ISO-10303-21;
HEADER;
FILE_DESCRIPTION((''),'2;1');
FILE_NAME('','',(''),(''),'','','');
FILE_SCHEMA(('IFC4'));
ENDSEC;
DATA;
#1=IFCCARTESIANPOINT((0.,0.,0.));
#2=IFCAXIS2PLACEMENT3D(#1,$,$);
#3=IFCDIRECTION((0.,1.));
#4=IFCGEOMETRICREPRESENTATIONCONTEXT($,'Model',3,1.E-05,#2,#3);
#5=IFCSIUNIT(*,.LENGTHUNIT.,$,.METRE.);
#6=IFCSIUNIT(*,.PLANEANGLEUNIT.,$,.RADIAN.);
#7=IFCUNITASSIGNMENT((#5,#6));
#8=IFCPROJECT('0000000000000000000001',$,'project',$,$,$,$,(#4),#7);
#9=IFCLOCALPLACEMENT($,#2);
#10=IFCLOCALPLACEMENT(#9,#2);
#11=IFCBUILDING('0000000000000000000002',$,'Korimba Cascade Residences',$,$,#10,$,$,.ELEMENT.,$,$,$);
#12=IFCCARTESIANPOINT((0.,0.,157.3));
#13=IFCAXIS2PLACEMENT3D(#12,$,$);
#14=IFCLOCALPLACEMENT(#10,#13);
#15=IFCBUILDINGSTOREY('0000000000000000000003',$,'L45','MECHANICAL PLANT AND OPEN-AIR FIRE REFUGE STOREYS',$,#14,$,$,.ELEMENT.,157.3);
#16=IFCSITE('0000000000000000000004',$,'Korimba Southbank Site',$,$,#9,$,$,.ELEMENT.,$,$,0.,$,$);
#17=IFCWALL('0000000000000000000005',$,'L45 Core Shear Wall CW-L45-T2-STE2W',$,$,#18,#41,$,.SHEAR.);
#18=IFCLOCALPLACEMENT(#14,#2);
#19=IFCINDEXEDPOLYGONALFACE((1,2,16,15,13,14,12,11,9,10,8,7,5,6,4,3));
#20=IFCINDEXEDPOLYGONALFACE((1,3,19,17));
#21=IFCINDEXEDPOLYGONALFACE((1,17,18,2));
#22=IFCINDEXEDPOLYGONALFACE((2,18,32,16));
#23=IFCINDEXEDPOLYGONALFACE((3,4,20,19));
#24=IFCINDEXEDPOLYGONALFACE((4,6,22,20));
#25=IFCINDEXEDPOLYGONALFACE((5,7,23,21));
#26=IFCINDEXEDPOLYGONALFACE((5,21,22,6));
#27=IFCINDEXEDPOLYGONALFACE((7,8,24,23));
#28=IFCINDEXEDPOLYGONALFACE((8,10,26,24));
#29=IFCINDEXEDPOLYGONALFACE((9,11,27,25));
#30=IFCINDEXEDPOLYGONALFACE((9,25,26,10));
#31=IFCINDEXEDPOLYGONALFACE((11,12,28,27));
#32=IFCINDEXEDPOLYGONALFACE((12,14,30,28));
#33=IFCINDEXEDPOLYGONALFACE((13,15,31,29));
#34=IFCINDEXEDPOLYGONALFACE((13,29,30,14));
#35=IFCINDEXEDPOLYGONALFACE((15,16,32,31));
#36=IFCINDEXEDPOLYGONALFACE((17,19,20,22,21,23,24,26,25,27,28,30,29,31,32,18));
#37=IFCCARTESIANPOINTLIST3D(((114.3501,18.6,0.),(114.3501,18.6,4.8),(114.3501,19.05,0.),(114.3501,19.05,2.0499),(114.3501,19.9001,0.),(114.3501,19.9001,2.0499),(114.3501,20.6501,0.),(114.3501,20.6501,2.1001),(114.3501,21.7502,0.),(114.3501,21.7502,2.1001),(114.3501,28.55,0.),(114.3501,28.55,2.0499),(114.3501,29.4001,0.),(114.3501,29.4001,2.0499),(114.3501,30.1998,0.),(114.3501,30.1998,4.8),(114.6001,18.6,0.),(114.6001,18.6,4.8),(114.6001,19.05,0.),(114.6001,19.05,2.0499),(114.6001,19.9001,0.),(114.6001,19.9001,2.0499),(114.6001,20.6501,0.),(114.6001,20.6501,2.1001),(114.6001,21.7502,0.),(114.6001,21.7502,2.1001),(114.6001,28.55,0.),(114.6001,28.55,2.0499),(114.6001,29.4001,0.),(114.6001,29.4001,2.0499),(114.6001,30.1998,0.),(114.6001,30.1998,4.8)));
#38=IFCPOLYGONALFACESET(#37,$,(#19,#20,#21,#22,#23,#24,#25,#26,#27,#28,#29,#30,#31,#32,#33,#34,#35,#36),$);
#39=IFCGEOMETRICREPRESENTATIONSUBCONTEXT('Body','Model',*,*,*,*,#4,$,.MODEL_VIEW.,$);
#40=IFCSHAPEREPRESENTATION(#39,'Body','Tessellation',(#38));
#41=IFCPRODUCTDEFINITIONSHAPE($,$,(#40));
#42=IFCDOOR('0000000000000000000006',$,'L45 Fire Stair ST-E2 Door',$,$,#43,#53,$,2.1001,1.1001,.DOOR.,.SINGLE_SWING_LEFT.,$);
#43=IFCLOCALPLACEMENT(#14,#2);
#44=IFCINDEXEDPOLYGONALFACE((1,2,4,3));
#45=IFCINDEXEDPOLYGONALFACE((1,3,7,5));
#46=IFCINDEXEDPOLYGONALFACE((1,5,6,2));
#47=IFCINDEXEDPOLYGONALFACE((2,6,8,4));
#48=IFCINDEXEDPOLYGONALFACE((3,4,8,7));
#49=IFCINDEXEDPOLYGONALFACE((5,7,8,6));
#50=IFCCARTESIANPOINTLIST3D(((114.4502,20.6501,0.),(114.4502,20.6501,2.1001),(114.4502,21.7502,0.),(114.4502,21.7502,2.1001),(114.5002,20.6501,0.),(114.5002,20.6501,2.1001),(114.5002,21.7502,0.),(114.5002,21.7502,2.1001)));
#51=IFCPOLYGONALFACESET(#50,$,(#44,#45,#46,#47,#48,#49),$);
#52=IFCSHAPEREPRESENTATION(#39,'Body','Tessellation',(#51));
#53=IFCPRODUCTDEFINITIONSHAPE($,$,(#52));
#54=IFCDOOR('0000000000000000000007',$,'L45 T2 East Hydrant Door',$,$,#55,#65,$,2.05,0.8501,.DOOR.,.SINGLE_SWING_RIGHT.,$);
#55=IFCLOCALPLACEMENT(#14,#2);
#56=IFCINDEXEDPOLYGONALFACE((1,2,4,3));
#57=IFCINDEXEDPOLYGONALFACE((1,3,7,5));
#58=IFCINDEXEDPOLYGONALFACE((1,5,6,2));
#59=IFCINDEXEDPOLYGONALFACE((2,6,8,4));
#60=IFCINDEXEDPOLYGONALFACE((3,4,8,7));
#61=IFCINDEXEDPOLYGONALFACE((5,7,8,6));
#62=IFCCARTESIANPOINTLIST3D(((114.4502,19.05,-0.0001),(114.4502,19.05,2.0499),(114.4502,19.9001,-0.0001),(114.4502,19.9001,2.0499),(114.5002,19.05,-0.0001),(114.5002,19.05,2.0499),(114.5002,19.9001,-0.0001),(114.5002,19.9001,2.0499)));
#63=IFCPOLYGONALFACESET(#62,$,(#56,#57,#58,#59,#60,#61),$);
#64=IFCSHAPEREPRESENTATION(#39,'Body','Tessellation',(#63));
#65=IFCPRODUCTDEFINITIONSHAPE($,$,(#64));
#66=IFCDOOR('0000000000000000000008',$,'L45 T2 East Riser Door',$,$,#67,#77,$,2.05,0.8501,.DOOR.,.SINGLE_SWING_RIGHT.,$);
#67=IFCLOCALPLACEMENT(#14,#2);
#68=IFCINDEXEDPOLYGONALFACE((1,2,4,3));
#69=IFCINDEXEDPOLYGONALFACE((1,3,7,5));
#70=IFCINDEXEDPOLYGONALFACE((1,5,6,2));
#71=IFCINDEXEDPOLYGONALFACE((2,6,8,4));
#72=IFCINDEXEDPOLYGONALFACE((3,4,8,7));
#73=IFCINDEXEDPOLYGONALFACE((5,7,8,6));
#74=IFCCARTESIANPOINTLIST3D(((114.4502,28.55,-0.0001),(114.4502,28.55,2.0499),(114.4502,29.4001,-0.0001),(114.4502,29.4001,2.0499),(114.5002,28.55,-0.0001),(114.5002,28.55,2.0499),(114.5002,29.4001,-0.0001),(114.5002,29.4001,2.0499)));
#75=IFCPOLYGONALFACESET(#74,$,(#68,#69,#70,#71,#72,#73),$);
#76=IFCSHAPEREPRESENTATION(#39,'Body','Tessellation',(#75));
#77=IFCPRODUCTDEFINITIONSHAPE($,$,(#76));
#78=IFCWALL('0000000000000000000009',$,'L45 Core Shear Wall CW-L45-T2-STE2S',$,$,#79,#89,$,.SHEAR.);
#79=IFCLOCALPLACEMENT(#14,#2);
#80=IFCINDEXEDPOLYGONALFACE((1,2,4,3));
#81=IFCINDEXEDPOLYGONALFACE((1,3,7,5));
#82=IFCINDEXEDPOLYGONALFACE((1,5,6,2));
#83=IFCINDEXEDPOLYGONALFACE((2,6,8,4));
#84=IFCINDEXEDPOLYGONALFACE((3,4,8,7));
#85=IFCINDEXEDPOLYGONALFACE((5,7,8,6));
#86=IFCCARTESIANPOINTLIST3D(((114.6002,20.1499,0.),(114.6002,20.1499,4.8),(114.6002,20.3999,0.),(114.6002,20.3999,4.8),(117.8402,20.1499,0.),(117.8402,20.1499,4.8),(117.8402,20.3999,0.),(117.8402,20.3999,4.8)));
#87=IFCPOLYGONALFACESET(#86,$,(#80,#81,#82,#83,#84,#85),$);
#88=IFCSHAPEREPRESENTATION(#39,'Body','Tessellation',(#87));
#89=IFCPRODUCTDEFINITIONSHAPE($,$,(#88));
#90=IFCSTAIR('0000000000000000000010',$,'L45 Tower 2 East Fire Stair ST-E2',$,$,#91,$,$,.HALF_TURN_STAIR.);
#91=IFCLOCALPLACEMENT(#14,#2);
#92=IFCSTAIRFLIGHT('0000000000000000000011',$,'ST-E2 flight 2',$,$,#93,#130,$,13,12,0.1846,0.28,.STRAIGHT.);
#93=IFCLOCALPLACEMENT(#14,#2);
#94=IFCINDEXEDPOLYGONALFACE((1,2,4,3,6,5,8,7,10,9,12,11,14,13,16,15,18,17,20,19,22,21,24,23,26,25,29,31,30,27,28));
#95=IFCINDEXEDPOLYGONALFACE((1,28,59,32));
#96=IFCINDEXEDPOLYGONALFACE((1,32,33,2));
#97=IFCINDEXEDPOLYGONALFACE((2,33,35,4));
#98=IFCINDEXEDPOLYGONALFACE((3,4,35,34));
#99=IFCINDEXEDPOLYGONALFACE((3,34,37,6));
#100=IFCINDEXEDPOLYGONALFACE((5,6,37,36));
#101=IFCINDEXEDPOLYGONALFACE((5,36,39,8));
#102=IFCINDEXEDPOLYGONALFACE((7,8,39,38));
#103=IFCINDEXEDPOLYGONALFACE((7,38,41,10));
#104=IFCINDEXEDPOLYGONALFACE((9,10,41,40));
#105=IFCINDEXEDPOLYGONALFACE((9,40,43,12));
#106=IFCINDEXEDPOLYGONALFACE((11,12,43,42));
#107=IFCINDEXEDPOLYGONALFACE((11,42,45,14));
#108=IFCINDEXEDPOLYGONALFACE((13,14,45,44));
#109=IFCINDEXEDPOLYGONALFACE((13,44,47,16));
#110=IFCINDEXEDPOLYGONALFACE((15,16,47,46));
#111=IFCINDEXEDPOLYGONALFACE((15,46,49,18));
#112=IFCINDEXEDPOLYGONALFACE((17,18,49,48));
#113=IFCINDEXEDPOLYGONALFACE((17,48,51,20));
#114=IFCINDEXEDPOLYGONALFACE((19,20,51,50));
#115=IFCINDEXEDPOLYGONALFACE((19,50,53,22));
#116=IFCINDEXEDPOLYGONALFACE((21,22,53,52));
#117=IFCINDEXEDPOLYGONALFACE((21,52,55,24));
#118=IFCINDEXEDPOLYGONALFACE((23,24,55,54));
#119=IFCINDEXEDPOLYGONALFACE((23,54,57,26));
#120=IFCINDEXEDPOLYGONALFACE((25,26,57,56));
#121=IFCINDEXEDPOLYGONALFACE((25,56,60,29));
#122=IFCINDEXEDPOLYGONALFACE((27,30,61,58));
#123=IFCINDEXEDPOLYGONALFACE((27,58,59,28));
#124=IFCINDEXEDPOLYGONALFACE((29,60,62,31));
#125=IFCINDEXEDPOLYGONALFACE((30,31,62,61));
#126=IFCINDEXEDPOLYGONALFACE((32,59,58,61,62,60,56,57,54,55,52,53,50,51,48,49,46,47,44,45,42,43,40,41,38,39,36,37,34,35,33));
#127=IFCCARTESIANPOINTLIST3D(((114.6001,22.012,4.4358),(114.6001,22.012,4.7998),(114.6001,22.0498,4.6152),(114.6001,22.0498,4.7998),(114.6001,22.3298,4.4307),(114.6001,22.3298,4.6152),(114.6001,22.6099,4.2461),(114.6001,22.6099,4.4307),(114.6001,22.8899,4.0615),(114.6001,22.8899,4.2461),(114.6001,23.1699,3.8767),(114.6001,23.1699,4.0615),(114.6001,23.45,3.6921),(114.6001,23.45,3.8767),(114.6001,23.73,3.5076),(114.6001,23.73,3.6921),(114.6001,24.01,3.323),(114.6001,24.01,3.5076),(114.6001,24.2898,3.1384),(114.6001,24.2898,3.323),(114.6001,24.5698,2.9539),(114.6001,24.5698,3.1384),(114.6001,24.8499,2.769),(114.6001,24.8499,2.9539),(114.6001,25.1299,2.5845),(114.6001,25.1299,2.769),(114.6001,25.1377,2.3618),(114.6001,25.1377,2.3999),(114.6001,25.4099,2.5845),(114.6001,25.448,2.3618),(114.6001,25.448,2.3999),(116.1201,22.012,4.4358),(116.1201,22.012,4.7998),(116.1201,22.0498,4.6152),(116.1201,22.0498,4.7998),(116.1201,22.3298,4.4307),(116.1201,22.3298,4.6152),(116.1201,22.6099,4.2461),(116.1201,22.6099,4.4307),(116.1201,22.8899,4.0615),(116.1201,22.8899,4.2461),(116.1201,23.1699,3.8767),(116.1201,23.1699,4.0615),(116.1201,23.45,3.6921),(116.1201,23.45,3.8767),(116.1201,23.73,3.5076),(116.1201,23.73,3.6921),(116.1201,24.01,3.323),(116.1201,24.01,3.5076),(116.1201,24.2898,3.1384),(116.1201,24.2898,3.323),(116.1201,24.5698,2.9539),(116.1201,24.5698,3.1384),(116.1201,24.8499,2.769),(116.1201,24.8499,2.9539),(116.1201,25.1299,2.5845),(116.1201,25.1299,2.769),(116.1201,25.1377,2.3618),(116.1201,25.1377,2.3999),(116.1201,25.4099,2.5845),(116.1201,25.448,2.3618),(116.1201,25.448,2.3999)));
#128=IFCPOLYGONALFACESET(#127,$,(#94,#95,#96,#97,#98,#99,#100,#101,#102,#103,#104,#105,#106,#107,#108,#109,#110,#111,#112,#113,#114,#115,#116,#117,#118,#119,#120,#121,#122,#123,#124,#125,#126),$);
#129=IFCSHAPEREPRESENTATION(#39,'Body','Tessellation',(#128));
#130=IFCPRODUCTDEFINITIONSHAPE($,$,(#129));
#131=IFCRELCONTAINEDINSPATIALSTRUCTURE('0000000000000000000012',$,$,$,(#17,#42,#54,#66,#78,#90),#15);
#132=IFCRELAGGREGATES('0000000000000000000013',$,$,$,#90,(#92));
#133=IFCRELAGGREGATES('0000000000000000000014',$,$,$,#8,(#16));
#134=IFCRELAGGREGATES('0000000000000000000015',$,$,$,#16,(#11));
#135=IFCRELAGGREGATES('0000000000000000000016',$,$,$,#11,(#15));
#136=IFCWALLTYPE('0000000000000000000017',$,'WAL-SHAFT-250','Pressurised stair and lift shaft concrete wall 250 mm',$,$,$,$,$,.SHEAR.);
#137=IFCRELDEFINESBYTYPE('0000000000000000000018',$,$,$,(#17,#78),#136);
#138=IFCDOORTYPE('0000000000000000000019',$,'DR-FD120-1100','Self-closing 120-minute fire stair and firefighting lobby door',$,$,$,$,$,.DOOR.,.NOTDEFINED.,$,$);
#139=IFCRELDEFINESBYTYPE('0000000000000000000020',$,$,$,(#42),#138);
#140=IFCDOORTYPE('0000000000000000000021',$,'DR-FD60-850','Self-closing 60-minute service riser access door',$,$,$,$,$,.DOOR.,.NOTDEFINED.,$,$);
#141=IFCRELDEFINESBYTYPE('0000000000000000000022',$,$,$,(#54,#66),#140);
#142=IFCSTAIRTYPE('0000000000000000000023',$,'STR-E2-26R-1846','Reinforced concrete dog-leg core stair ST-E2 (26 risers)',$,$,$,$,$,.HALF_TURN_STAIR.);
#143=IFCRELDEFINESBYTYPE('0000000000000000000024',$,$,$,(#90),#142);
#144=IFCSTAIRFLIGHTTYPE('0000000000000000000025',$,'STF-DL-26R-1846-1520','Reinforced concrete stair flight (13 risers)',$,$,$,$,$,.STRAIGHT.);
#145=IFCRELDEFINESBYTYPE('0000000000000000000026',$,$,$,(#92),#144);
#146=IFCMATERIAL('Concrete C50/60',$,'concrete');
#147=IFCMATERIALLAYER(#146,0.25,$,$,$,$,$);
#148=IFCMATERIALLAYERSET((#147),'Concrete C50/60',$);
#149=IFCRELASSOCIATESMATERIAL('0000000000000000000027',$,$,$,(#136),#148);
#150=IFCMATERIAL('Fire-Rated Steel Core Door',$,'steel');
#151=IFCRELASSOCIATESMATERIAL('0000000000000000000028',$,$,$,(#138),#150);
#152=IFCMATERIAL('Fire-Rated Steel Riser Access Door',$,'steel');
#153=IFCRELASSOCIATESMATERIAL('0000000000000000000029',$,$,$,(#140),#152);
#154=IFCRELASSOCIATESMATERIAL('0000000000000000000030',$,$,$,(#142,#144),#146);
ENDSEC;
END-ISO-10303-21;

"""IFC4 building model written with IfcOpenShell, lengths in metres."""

from ifc_helpers import new_model, si_unit, direction, frame, frame_2d, origin, place, context, subcontext, project, spatial, polyline, rectangle, outline, extrude, material, layer, layer_set, type_object, element, fill, aggregate, save


model = new_model("IFC4")

# Units and contexts
model_context = context("Model", 3, precision=1e-05, world=origin(), true_north=direction((0.0, 1.0)))
body_context = subcontext(model_context, "Body", "Model", "MODEL_VIEW")
ifc_project = project(units=[si_unit("LENGTHUNIT", "METRE"), si_unit("PLANEANGLEUNIT", "RADIAN")], contexts=[model_context])

# Site, building, storey
site_placement = place(None, origin())
site = spatial("IfcSite", under=ifc_project, at=site_placement, Name="Korimba Southbank Site", CompositionType="ELEMENT", RefElevation=0.0)
building_placement = place(site_placement, origin())
building = spatial("IfcBuilding", under=site, at=building_placement, Name="Korimba Cascade Residences", CompositionType="ELEMENT")
storey_placement = place(building_placement, frame((0.0, 0.0, 157.3)))
storey = spatial("IfcBuildingStorey", under=building, at=storey_placement, Name="L45", Description="MECHANICAL PLANT AND OPEN-AIR FIRE REFUGE STOREYS", CompositionType="ELEMENT", Elevation=157.3)

# Wall, openings, doors
ifc_material_1 = material(Name="Concrete C50/60", Category="concrete")
ifc_layer_1 = layer(ifc_material_1, 0.25)
ifc_layer_set_1 = layer_set([ifc_layer_1], Name="Concrete C50/60")
wall_type_1 = type_object("IfcWallType", Name="WAL-SHAFT-250", Description="Pressurised stair and lift shaft concrete wall 250 mm", PredefinedType="SHEAR", material=ifc_layer_set_1)
wall_1_placement = place(storey_placement, frame((114.4751, 18.6001, 0.0), z_axis=(0.0, 0.0, 1.0), x_axis=(0.0, 1.0, 0.0)))
wall_1 = element("IfcWall", 1, at=wall_1_placement, inside=storey, type_object=wall_type_1, Name="L45 Core Shear Wall CW-L45-T2-STE2W", PredefinedType="SHEAR", context=body_context, shape_type="SweptSolid", body=[
    extrude(rectangle(XDim=11.5999, YDim=0.25, at=frame_2d((5.7998, 0.0))), origin(), (0.0, 0.0, 1.0), 4.8),
])
opening_1_placement = place(wall_1_placement, frame((0.45, 0.0, 0.0)))
opening_1 = element("IfcOpeningElement", 2, at=opening_1_placement, cuts=wall_1, PredefinedType="OPENING", context=body_context, shape_type="SweptSolid", body=[
    extrude(rectangle(XDim=0.8501, YDim=2.05, at=frame_2d((0.425, 1.0249))), frame((0.0, 0.135, 0.0), z_axis=(0.0, -1.0, 0.0), x_axis=(1.0, 0.0, 0.0)), (0.0, 0.0, 1.0), 0.27),
])
opening_2_placement = place(wall_1_placement, frame((2.05, 0.0, 0.0)))
opening_2 = element("IfcOpeningElement", 3, at=opening_2_placement, cuts=wall_1, PredefinedType="OPENING", context=body_context, shape_type="SweptSolid", body=[
    extrude(rectangle(XDim=1.1001, YDim=2.1001, at=frame_2d((0.55, 1.05))), frame((0.0, 0.135, 0.0), z_axis=(0.0, -1.0, 0.0), x_axis=(1.0, 0.0, 0.0)), (0.0, 0.0, 1.0), 0.27),
])
opening_3_placement = place(wall_1_placement, frame((9.95, 0.0, 0.0)))
opening_3 = element("IfcOpeningElement", 4, at=opening_3_placement, cuts=wall_1, PredefinedType="OPENING", context=body_context, shape_type="SweptSolid", body=[
    extrude(rectangle(XDim=0.8501, YDim=2.05, at=frame_2d((0.425, 1.0249))), frame((0.0, 0.135, 0.0), z_axis=(0.0, -1.0, 0.0), x_axis=(1.0, 0.0, 0.0)), (0.0, 0.0, 1.0), 0.27),
])
ifc_material_2 = material(Name="Fire-Rated Steel Core Door", Category="steel")
door_type_1 = type_object("IfcDoorType", Name="DR-FD120-1100", Description="Self-closing 120-minute fire stair and firefighting lobby door", OperationType="NOTDEFINED", PredefinedType="DOOR", material=ifc_material_2)
door_1_placement = place(opening_2_placement, origin())
door_1 = element("IfcDoor", 5, at=door_1_placement, inside=storey, type_object=door_type_1, Name="L45 Fire Stair ST-E2 Door", OperationType="SINGLE_SWING_LEFT", OverallHeight=2.1001, OverallWidth=1.1001, PredefinedType="DOOR", context=body_context, shape_type="SweptSolid", body=[
    extrude(rectangle(XDim=1.1001, YDim=2.1001, at=frame_2d((0.55, 1.05))), frame((0.0, 0.0249, 0.0), z_axis=(0.0, -1.0, 0.0), x_axis=(1.0, 0.0, 0.0)), (0.0, 0.0, 1.0), 0.05),
])
fill(opening_2, door_1)
ifc_material_3 = material(Name="Fire-Rated Steel Riser Access Door", Category="steel")
door_type_2 = type_object("IfcDoorType", Name="DR-FD60-850", Description="Self-closing 60-minute service riser access door", OperationType="NOTDEFINED", PredefinedType="DOOR", material=ifc_material_3)
door_2_placement = place(opening_1_placement, origin())
door_2 = element("IfcDoor", 6, at=door_2_placement, inside=storey, type_object=door_type_2, Name="L45 T2 East Hydrant Door", OperationType="SINGLE_SWING_RIGHT", OverallHeight=2.05, OverallWidth=0.8501, PredefinedType="DOOR", context=body_context, shape_type="SweptSolid", body=[
    extrude(rectangle(XDim=0.8501, YDim=2.05, at=frame_2d((0.425, 1.0249))), frame((0.0, 0.0249, 0.0), z_axis=(0.0, -1.0, 0.0), x_axis=(1.0, 0.0, 0.0)), (0.0, 0.0, 1.0), 0.05),
])
fill(opening_1, door_2)
door_3_placement = place(opening_3_placement, origin())
door_3 = element("IfcDoor", 7, at=door_3_placement, inside=storey, type_object=door_type_2, Name="L45 T2 East Riser Door", OperationType="SINGLE_SWING_RIGHT", OverallHeight=2.05, OverallWidth=0.8501, PredefinedType="DOOR", context=body_context, shape_type="SweptSolid", body=[
    extrude(rectangle(XDim=0.8501, YDim=2.05, at=frame_2d((0.425, 1.0249))), frame((0.0, 0.0249, 0.0), z_axis=(0.0, -1.0, 0.0), x_axis=(1.0, 0.0, 0.0)), (0.0, 0.0, 1.0), 0.05),
])
fill(opening_3, door_3)

# Wall
wall_2_placement = place(storey_placement, frame((114.6001, 20.2749, 0.0), z_axis=(0.0, 0.0, 1.0), x_axis=(1.0, 0.0, 0.0)))
element("IfcWall", 8, at=wall_2_placement, inside=storey, type_object=wall_type_1, Name="L45 Core Shear Wall CW-L45-T2-STE2S", PredefinedType="SHEAR", context=body_context, shape_type="SweptSolid", body=[
    extrude(rectangle(XDim=3.24, YDim=0.25, at=frame_2d((1.6201, 0.0))), origin(), (0.0, 0.0, 1.0), 4.8),
])

# Stair, stair flight
stair_type = type_object("IfcStairType", Name="STR-E2-26R-1846", Description="Reinforced concrete dog-leg core stair ST-E2 (26 risers)", PredefinedType="HALF_TURN_STAIR", material=ifc_material_1)
stair_placement = place(storey_placement, origin())
stair = element("IfcStair", 9, at=stair_placement, inside=storey, type_object=stair_type, Name="L45 Tower 2 East Fire Stair ST-E2", PredefinedType="HALF_TURN_STAIR")
stair_flight_type = type_object("IfcStairFlightType", Name="STF-DL-26R-1846-1520", Description="Reinforced concrete stair flight (13 risers)", PredefinedType="STRAIGHT", material=ifc_material_1)
stair_flight_placement = place(storey_placement, frame((115.3601, 25.4099, 2.3999), z_axis=(0.0, 0.0, 1.0), x_axis=(0.0, -1.0, 0.0)))
stair_flight = element("IfcStairFlight", 10, at=stair_flight_placement, type_object=stair_flight_type, Name="ST-E2 flight 2", NumberOfRisers=13, NumberOfTreads=12, PredefinedType="STRAIGHT", RiserHeight=0.1846, TreadLength=0.28, context=body_context, shape_type="SweptSolid", body=[
    extrude(outline(polyline([(-0.0381, 0.0), (0.0, 0.1846), (0.28, 0.1846), (0.28, 0.3691), (0.5601, 0.3691), (0.5601, 0.554), (0.8401, 0.554), (0.8401, 0.7385), (1.1201, 0.7385), (1.1201, 0.9231), (1.3999, 0.9231), (1.3999, 1.1077), (1.6799, 1.1077), (1.6799, 1.2922), (1.96, 1.2922), (1.96, 1.4768), (2.24, 1.4768), (2.24, 1.6616), (2.52, 1.6616), (2.52, 1.8462), (2.8, 1.8462), (2.8, 2.0308), (3.0801, 2.0308), (3.0801, 2.2153), (3.3601, 2.2153), (3.3601, 2.3999), (3.3979, 2.3999), (3.3979, 2.0359), (0.2722, 0.0), (0.2722, -0.0381), (-0.0381, -0.0381), (-0.0381, 0.0)])), frame((0.0, 0.76, 0.0), z_axis=(0.0, -1.0, 0.0), x_axis=(1.0, 0.0, 0.0)), (0.0, 0.0, 1.0), 1.52),
])
aggregate(stair, [stair_flight])

save(model, "model.ifc")
